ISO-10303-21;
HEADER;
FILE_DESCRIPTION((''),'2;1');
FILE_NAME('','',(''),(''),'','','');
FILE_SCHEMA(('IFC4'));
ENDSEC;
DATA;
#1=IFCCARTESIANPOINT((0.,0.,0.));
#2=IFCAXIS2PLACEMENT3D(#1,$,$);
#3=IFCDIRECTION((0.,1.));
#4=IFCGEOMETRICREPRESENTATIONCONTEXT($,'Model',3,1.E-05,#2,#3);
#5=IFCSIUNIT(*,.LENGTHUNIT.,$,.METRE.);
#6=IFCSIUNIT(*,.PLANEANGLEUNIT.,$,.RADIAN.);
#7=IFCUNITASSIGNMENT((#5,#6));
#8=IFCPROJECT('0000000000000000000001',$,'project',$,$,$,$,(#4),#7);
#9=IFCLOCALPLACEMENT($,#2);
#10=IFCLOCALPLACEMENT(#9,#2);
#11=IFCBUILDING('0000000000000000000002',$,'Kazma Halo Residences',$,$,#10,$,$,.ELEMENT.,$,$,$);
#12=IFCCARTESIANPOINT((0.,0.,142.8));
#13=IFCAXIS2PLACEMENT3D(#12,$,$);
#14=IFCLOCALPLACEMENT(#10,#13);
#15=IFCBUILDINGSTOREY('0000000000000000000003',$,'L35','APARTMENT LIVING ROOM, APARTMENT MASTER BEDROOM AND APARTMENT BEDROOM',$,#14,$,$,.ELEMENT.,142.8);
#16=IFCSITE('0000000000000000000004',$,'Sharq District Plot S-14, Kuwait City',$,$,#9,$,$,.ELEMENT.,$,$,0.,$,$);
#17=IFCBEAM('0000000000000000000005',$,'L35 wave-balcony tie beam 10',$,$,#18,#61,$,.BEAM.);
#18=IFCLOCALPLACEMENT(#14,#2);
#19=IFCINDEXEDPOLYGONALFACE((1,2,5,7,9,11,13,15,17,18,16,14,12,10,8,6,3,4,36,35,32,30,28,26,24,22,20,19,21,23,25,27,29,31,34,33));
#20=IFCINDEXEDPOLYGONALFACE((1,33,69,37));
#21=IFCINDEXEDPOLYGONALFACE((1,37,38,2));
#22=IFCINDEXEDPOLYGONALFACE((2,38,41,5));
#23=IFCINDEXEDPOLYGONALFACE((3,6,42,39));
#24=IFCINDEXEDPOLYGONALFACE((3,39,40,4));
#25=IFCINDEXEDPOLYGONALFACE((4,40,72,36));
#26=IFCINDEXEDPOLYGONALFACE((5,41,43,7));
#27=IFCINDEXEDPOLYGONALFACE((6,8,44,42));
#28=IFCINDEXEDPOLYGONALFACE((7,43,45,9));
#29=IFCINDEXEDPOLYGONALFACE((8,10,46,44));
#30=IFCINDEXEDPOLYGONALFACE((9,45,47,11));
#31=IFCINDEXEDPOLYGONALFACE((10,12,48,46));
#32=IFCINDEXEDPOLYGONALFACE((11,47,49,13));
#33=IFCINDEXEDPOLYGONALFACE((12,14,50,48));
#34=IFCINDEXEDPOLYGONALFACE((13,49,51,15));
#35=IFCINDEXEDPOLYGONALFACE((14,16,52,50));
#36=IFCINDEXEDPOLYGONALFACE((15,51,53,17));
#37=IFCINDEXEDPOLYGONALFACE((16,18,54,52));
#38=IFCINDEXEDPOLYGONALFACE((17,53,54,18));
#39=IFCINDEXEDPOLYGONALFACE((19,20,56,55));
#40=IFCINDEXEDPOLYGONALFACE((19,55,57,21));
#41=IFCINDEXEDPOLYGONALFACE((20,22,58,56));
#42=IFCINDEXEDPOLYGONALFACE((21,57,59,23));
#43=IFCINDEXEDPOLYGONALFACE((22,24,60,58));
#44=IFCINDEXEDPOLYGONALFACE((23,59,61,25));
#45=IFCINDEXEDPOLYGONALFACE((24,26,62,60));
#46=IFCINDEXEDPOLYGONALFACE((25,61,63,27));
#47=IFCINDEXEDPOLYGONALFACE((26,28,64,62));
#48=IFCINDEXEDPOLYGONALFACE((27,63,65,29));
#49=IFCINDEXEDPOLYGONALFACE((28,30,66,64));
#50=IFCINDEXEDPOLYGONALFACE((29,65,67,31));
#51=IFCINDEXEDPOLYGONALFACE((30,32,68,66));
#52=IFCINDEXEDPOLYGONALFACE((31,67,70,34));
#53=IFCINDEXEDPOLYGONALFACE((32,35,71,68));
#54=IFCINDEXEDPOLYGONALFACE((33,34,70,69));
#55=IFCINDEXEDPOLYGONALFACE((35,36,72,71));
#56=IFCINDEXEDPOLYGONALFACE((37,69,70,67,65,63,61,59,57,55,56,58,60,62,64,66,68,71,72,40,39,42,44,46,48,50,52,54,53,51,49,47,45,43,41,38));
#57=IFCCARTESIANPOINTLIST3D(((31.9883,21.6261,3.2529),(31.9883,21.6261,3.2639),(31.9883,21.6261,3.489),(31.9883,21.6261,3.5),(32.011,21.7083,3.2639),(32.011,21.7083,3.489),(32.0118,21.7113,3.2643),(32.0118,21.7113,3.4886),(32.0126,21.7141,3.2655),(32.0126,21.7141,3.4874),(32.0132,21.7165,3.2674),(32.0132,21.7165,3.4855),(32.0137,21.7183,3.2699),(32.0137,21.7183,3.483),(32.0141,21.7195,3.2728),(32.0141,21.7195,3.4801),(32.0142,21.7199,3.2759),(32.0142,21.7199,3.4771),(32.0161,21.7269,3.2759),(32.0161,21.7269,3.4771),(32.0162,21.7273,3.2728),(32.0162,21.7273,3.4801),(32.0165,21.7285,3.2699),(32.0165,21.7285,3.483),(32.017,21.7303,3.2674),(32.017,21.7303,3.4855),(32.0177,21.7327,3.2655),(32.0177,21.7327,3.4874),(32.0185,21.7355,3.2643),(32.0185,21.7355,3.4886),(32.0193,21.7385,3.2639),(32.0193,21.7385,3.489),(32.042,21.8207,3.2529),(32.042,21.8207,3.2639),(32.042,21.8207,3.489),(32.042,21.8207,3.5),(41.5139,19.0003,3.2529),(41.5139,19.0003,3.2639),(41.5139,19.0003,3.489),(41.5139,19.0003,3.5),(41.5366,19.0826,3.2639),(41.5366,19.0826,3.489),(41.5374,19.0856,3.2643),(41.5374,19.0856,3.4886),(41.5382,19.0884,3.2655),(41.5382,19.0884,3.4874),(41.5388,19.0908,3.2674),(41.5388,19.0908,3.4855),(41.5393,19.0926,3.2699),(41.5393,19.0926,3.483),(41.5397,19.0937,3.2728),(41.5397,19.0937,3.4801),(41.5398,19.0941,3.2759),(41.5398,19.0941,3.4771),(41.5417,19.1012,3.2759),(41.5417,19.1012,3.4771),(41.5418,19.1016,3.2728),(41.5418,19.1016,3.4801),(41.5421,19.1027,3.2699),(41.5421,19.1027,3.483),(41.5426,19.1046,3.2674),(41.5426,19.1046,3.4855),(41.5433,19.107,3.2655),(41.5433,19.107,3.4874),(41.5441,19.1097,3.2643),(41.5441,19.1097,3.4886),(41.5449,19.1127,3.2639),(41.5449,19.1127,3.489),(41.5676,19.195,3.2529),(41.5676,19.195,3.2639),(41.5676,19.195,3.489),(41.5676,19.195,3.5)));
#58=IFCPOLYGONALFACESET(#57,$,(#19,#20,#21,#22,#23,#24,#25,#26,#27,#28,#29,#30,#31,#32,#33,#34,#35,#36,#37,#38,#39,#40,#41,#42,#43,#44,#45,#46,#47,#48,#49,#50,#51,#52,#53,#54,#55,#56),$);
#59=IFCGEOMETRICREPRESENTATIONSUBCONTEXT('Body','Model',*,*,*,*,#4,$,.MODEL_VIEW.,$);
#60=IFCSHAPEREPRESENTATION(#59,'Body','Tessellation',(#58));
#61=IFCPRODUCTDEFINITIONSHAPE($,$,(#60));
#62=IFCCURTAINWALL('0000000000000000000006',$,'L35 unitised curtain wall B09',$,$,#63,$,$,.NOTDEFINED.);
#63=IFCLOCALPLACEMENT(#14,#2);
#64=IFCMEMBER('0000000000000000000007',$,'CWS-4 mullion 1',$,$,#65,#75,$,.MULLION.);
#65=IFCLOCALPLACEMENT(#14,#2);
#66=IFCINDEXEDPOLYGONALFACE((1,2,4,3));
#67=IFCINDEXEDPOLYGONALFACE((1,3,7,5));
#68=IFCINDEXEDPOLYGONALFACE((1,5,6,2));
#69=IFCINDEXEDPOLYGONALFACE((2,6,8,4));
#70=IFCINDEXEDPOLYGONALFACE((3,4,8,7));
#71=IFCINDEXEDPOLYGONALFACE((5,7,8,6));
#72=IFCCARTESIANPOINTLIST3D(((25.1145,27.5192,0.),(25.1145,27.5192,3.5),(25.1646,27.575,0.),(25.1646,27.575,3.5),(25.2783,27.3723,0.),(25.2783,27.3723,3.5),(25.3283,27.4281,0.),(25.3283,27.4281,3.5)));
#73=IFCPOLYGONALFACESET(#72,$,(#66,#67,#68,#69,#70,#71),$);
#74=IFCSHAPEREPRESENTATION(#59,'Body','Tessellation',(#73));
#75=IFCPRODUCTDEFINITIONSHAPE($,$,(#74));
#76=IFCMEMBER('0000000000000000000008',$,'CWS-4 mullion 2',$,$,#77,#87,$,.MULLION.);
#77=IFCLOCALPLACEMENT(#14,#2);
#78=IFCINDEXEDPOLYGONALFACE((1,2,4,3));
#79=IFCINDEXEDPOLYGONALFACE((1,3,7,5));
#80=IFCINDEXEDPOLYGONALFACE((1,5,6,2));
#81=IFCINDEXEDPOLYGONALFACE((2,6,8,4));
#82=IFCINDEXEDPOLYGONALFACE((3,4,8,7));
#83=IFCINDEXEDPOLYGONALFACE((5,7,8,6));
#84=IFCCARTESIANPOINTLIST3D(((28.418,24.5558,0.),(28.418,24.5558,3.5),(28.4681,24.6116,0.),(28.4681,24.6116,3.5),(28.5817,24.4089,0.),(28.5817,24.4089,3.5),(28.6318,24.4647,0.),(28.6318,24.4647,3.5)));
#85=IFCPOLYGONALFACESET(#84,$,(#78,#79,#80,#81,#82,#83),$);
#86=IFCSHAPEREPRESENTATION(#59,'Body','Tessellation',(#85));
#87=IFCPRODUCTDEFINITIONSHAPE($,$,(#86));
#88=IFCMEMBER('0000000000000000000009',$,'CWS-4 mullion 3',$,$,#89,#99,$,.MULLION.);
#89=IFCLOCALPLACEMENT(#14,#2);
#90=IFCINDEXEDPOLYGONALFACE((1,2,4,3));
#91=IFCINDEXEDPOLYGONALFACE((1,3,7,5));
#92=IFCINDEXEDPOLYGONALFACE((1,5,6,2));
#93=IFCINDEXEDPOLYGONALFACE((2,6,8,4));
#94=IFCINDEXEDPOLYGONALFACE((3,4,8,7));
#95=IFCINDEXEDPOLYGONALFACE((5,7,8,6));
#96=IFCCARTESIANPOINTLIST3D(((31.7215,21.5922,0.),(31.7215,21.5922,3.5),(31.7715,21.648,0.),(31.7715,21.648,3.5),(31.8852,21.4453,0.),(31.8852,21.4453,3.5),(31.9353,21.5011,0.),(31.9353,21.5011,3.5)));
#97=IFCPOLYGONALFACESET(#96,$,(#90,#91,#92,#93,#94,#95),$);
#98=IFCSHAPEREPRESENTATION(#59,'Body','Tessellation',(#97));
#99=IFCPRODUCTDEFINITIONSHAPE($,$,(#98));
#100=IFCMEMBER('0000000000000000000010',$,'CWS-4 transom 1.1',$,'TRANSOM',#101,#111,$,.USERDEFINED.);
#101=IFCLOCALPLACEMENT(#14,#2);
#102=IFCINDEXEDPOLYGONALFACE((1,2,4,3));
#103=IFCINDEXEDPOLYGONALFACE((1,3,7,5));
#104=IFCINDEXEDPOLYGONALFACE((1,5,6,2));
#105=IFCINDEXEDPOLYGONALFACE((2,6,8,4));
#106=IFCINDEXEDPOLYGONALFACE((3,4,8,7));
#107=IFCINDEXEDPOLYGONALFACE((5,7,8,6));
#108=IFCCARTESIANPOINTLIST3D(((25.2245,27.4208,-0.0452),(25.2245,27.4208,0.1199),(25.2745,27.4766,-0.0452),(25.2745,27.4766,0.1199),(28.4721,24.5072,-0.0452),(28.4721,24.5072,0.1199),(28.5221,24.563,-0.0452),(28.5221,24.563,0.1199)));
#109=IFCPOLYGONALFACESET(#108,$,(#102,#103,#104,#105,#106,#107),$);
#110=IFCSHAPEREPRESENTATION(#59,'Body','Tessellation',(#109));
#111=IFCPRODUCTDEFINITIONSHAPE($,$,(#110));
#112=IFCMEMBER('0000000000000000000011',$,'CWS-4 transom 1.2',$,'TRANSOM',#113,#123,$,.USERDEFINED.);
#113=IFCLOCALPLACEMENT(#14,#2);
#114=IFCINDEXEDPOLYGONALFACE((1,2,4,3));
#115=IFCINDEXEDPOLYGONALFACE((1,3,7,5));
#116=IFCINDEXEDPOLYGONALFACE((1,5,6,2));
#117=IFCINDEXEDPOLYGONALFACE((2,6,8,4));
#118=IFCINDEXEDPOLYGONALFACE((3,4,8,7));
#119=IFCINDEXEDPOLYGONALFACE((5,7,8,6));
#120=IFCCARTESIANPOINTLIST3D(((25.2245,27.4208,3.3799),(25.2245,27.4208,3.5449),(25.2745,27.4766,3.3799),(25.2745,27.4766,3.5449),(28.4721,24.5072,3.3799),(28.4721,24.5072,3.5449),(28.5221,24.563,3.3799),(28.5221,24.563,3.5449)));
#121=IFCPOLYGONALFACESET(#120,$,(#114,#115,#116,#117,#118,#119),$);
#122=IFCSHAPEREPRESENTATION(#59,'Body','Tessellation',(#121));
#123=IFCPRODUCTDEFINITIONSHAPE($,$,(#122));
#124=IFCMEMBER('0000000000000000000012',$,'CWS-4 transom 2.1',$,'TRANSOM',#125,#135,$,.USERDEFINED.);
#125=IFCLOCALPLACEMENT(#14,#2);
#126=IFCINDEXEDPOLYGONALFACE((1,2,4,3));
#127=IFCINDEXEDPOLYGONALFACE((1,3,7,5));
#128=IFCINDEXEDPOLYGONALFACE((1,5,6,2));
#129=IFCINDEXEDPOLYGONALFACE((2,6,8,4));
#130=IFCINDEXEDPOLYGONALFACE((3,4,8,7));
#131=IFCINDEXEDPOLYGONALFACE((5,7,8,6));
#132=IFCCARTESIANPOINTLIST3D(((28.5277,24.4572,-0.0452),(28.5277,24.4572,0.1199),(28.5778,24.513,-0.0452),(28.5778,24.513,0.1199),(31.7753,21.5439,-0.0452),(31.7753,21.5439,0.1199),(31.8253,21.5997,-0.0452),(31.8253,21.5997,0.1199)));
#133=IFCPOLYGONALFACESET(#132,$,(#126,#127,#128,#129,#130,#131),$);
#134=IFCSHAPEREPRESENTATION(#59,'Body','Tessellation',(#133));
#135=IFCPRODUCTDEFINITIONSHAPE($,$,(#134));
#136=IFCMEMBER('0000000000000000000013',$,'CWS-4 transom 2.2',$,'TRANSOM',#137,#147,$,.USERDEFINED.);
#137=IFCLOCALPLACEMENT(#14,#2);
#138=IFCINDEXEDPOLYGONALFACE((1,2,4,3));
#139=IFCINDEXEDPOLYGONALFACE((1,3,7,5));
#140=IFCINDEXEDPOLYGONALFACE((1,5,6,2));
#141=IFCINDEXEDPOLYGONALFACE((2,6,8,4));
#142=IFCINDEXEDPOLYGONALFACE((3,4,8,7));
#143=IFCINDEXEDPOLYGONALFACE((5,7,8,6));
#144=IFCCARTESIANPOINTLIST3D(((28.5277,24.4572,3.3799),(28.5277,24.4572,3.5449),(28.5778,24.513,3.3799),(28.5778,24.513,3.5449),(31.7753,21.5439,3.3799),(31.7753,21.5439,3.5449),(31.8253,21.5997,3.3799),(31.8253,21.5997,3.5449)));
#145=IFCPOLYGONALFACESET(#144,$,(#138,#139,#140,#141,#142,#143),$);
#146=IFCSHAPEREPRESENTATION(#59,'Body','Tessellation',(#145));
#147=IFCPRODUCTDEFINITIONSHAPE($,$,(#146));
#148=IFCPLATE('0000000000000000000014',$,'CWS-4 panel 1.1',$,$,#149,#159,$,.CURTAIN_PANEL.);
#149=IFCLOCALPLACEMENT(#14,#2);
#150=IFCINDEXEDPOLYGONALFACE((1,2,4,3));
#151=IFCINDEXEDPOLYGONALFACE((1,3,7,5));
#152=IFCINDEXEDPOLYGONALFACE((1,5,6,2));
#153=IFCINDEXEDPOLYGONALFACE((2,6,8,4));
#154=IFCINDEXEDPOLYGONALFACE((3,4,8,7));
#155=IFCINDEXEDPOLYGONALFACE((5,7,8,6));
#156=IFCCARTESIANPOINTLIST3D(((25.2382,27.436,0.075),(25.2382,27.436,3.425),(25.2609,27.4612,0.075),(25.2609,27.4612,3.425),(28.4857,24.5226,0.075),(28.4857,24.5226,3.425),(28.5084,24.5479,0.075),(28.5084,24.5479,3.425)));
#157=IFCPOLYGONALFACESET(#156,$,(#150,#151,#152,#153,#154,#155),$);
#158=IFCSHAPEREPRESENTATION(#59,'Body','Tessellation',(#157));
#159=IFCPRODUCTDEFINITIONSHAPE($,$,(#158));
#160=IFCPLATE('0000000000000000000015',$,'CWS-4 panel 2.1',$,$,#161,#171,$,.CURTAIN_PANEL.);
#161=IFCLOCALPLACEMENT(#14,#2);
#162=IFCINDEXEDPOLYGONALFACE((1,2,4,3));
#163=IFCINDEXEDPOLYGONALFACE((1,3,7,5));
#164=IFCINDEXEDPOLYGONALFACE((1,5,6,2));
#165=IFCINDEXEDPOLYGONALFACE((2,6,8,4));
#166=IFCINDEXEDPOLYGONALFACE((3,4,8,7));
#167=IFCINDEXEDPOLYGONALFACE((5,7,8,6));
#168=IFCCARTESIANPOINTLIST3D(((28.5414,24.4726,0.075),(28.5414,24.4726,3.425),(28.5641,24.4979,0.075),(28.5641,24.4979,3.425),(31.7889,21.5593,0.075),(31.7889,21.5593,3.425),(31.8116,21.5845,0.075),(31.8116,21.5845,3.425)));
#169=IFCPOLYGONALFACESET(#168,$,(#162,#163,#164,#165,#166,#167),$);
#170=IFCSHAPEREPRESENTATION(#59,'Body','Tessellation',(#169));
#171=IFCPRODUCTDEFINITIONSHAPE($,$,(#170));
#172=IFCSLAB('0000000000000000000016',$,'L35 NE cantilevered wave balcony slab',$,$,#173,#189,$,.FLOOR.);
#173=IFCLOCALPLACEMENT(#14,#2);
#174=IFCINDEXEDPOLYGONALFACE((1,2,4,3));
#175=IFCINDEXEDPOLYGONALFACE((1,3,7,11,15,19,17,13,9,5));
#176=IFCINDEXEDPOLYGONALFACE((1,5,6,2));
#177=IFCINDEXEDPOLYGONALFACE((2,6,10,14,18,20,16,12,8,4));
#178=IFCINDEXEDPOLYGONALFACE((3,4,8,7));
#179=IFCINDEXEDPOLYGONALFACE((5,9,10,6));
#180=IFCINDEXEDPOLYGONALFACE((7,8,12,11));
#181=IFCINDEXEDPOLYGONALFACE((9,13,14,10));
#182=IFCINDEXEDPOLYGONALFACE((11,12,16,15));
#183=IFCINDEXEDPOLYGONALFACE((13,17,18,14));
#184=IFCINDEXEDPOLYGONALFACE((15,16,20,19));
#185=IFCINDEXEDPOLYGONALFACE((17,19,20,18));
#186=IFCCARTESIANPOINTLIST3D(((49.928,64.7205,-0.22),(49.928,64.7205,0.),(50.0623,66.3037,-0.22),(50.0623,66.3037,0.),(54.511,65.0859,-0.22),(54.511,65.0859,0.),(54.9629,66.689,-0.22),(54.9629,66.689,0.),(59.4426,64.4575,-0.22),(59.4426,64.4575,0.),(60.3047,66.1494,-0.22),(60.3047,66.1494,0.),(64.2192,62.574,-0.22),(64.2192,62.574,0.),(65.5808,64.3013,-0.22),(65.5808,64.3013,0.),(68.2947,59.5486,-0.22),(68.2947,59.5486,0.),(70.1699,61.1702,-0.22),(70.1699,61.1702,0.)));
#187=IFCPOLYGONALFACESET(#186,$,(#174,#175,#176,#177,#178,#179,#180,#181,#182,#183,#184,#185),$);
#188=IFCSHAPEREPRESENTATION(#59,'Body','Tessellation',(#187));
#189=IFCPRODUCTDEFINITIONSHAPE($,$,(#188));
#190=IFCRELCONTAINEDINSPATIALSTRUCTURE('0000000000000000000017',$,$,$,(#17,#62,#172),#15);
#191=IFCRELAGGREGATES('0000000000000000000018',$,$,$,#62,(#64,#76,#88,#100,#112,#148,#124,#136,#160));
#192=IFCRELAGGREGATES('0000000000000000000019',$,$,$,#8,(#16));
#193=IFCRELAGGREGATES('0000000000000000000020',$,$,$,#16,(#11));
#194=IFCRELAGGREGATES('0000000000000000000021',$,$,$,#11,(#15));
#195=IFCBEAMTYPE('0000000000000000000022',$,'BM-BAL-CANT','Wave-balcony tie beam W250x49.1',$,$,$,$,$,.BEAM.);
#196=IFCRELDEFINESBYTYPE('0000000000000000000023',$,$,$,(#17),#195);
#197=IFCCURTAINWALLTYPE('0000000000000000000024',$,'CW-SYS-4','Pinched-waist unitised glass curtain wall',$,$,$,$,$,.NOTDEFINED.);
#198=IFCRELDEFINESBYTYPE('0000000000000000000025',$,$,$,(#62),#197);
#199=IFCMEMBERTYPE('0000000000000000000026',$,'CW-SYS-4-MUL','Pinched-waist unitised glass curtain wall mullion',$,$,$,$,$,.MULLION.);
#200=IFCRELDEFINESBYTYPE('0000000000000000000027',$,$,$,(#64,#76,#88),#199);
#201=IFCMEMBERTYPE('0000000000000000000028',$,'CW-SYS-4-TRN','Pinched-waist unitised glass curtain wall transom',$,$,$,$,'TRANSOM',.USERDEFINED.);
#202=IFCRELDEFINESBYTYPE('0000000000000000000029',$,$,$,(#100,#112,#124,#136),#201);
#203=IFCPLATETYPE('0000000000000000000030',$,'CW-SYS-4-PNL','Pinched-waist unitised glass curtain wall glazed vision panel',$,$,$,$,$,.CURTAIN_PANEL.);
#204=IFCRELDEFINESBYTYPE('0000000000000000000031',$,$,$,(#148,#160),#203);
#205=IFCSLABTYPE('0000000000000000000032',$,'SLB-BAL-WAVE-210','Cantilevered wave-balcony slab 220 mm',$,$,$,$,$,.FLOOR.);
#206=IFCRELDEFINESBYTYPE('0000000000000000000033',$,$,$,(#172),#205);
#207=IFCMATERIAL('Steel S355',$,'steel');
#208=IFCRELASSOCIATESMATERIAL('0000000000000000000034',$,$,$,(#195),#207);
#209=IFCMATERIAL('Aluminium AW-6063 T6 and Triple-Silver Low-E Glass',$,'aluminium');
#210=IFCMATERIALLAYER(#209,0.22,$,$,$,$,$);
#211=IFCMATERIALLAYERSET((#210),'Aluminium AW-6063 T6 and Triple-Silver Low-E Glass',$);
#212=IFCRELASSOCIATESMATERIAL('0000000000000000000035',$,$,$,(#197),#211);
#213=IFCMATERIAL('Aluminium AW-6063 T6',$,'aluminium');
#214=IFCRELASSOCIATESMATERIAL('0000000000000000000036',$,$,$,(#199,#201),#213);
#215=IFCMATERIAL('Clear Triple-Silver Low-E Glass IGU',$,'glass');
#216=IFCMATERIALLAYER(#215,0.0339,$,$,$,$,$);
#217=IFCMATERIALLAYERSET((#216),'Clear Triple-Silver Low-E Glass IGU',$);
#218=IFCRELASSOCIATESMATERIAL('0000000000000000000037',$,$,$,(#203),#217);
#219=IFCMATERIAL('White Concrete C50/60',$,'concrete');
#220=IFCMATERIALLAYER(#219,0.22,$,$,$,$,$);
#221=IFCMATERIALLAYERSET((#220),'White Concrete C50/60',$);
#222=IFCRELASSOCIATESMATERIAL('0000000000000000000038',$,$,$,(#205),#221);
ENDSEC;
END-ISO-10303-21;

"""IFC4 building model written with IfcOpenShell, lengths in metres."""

from ifc_helpers import new_model, si_unit, direction, frame, origin, origin_2d, place, context, subcontext, project, spatial, polyline, rectangle, i_section, outline, extrude, material, layer, layer_set, material_profile, profile_set, type_object, element, aggregate, save


model = new_model("IFC4")

# Units and contexts
model_context = context("Model", 3, precision=1e-05, world=origin(), true_north=direction((0.0, 1.0)))
body_context = subcontext(model_context, "Body", "Model", "MODEL_VIEW")
ifc_project = project(units=[si_unit("LENGTHUNIT", "METRE"), si_unit("PLANEANGLEUNIT", "RADIAN")], contexts=[model_context])

# Site, building, storey
site_placement = place(None, origin())
site = spatial("IfcSite", under=ifc_project, at=site_placement, Name="Sharq District Plot S-14, Kuwait City", CompositionType="ELEMENT", RefElevation=0.0)
building_placement = place(site_placement, origin())
building = spatial("IfcBuilding", under=site, at=building_placement, Name="Kazma Halo Residences", CompositionType="ELEMENT")
storey_placement = place(building_placement, frame((0.0, 0.0, 142.8)))
storey = spatial("IfcBuildingStorey", under=building, at=storey_placement, Name="L35", Description="APARTMENT LIVING ROOM, APARTMENT MASTER BEDROOM AND APARTMENT BEDROOM", CompositionType="ELEMENT", Elevation=142.8)

# Beam
ifc_material_1 = material(Name="Steel S355", Category="steel")
ifc_material_profile_1 = material_profile(ifc_material_1, i_section(OverallWidth=0.2019, OverallDepth=0.2471, WebThickness=0.0073, FlangeThickness=0.011, FilletRadius=0.012, at=origin_2d()), Name="W250x49.1")
ifc_profile_set_1 = profile_set([ifc_material_profile_1], Name="Steel S355")
beam_type = type_object("IfcBeamType", Name="BM-BAL-CANT", Description="Wave-balcony tie beam W250x49.1", PredefinedType="BEAM", material=ifc_profile_set_1)
beam_placement = place(storey_placement, frame((32.0151, 21.7234, 3.3765), z_axis=(0.964045, -0.265738, 0.0), x_axis=(0.265738, 0.964045, 0.0)))
element("IfcBeam", 1, at=beam_placement, inside=storey, type_object=beam_type, Name="L35 wave-balcony tie beam 10", PredefinedType="BEAM", context=body_context, shape_type="SweptSolid", body=[
    extrude(i_section(OverallWidth=0.2019, OverallDepth=0.2471, WebThickness=0.0073, FlangeThickness=0.011, FilletRadius=0.012, at=origin_2d()), origin(), (0.0, 0.0, 1.0), 9.8809),
])

# Curtain wall, members, plates
ifc_material_2 = material(Name="Aluminium AW-6063 T6 and Triple-Silver Low-E Glass", Category="aluminium")
ifc_layer_1 = layer(ifc_material_2, 0.22)
ifc_layer_set_1 = layer_set([ifc_layer_1], Name="Aluminium AW-6063 T6 and Triple-Silver Low-E Glass")
curtain_wall_type = type_object("IfcCurtainWallType", Name="CW-SYS-4", Description="Pinched-waist unitised glass curtain wall", PredefinedType="NOTDEFINED", material=ifc_layer_set_1)
curtain_wall_placement = place(storey_placement, origin())
curtain_wall = element("IfcCurtainWall", 2, at=curtain_wall_placement, inside=storey, type_object=curtain_wall_type, Name="L35 unitised curtain wall B09", PredefinedType="NOTDEFINED")
ifc_material_3 = material(Name="Aluminium AW-6063 T6", Category="aluminium")
ifc_material_profile_2 = material_profile(ifc_material_3, rectangle(XDim=0.075, YDim=0.22, at=origin_2d()), Name="CWM-75x220")
ifc_profile_set_2 = profile_set([ifc_material_profile_2], Name="Aluminium AW-6063 T6")
member_type_1 = type_object("IfcMemberType", Name="CW-SYS-4-MUL", Description="Pinched-waist unitised glass curtain wall mullion", PredefinedType="MULLION", material=ifc_profile_set_2)
member_1_placement = place(storey_placement, frame((25.2214, 27.4736, 0.0), z_axis=(0.0, 0.0, 1.0), x_axis=(0.66777, 0.744368, 0.0)))
member_1 = element("IfcMember", 3, at=member_1_placement, type_object=member_type_1, Name="CWS-4 mullion 1", PredefinedType="MULLION", context=body_context, shape_type="SweptSolid", body=[
    extrude(rectangle(XDim=0.075, YDim=0.22, at=origin_2d()), origin(), (0.0, 0.0, 1.0), 3.5),
])
member_2_placement = place(storey_placement, frame((28.5249, 24.5103, 0.0), z_axis=(0.0, 0.0, 1.0), x_axis=(0.66777, 0.744368, 0.0)))
member_2 = element("IfcMember", 4, at=member_2_placement, type_object=member_type_1, Name="CWS-4 mullion 2", PredefinedType="MULLION", context=body_context, shape_type="SweptSolid", body=[
    extrude(rectangle(XDim=0.075, YDim=0.22, at=origin_2d()), origin(), (0.0, 0.0, 1.0), 3.5),
])
member_3_placement = place(storey_placement, frame((31.8284, 21.5466, 0.0), z_axis=(0.0, 0.0, 1.0), x_axis=(0.66777, 0.744368, 0.0)))
member_3 = element("IfcMember", 5, at=member_3_placement, type_object=member_type_1, Name="CWS-4 mullion 3", PredefinedType="MULLION", context=body_context, shape_type="SweptSolid", body=[
    extrude(rectangle(XDim=0.075, YDim=0.22, at=origin_2d()), origin(), (0.0, 0.0, 1.0), 3.5),
])
ifc_material_profile_3 = material_profile(ifc_material_3, rectangle(XDim=0.075, YDim=0.165, at=origin_2d()), Name="CWT-75x165")
ifc_profile_set_3 = profile_set([ifc_material_profile_3], Name="Aluminium AW-6063 T6")
member_type_2 = type_object("IfcMemberType", Name="CW-SYS-4-TRN", Description="Pinched-waist unitised glass curtain wall transom", ElementType="TRANSOM", PredefinedType="USERDEFINED", material=ifc_profile_set_3)
member_4_placement = place(storey_placement, frame((25.2495, 27.4487, 0.0374), z_axis=(0.744345, -0.667795, 0.0), x_axis=(0.667795, 0.744345, 0.0)))
member_4 = element("IfcMember", 6, at=member_4_placement, type_object=member_type_2, Name="CWS-4 transom 1.1", ObjectType="TRANSOM", PredefinedType="USERDEFINED", context=body_context, shape_type="SweptSolid", body=[
    extrude(rectangle(XDim=0.075, YDim=0.165, at=origin_2d()), origin(), (0.0, 0.0, 1.0), 4.363),
])
member_5_placement = place(storey_placement, frame((25.2495, 27.4487, 3.4624), z_axis=(0.744345, -0.667795, 0.0), x_axis=(0.667795, 0.744345, 0.0)))
member_5 = element("IfcMember", 7, at=member_5_placement, type_object=member_type_2, Name="CWS-4 transom 1.2", ObjectType="TRANSOM", PredefinedType="USERDEFINED", context=body_context, shape_type="SweptSolid", body=[
    extrude(rectangle(XDim=0.075, YDim=0.165, at=origin_2d()), origin(), (0.0, 0.0, 1.0), 4.363),
])
member_6_placement = place(storey_placement, frame((28.5527, 24.4851, 0.0374), z_axis=(0.744373, -0.667764, 0.0), x_axis=(0.667764, 0.744373, 0.0)))
member_6 = element("IfcMember", 8, at=member_6_placement, type_object=member_type_2, Name="CWS-4 transom 2.1", ObjectType="TRANSOM", PredefinedType="USERDEFINED", context=body_context, shape_type="SweptSolid", body=[
    extrude(rectangle(XDim=0.075, YDim=0.165, at=origin_2d()), origin(), (0.0, 0.0, 1.0), 4.3628),
])
member_7_placement = place(storey_placement, frame((28.5527, 24.4851, 3.4624), z_axis=(0.744373, -0.667764, 0.0), x_axis=(0.667764, 0.744373, 0.0)))
member_7 = element("IfcMember", 9, at=member_7_placement, type_object=member_type_2, Name="CWS-4 transom 2.2", ObjectType="TRANSOM", PredefinedType="USERDEFINED", context=body_context, shape_type="SweptSolid", body=[
    extrude(rectangle(XDim=0.075, YDim=0.165, at=origin_2d()), origin(), (0.0, 0.0, 1.0), 4.3628),
])
ifc_material_4 = material(Name="Clear Triple-Silver Low-E Glass IGU", Category="glass")
ifc_layer_2 = layer(ifc_material_4, 0.0339)
ifc_layer_set_2 = layer_set([ifc_layer_2], Name="Clear Triple-Silver Low-E Glass IGU")
plate_type = type_object("IfcPlateType", Name="CW-SYS-4-PNL", Description="Pinched-waist unitised glass curtain wall glazed vision panel", PredefinedType="CURTAIN_PANEL", material=ifc_layer_set_2)
plate_1_placement = place(storey_placement, frame((26.8733, 25.9919, 0.075), z_axis=(0.0, 0.0, 1.0), x_axis=(0.744368, -0.66777, 0.0)))
plate_1 = element("IfcPlate", 10, at=plate_1_placement, type_object=plate_type, Name="CWS-4 panel 1.1", PredefinedType="CURTAIN_PANEL", context=body_context, shape_type="SweptSolid", body=[
    extrude(rectangle(XDim=4.3628, YDim=0.0339, at=origin_2d()), origin(), (0.0, 0.0, 1.0), 3.3501),
])
plate_2_placement = place(storey_placement, frame((30.1765, 23.0286, 0.075), z_axis=(0.0, 0.0, 1.0), x_axis=(0.744368, -0.66777, 0.0)))
plate_2 = element("IfcPlate", 11, at=plate_2_placement, type_object=plate_type, Name="CWS-4 panel 2.1", PredefinedType="CURTAIN_PANEL", context=body_context, shape_type="SweptSolid", body=[
    extrude(rectangle(XDim=4.3628, YDim=0.0339, at=origin_2d()), origin(), (0.0, 0.0, 1.0), 3.3501),
])
aggregate(curtain_wall, [member_1, member_2, member_3, member_4, member_5, plate_1, member_6, member_7, plate_2])

# Slab
ifc_material_5 = material(Name="White Concrete C50/60", Category="concrete")
ifc_layer_3 = layer(ifc_material_5, 0.22)
ifc_layer_set_3 = layer_set([ifc_layer_3], Name="White Concrete C50/60")
slab_type_1 = type_object("IfcSlabType", Name="SLB-BAL-WAVE-210", Description="Cantilevered wave-balcony slab 220 mm", PredefinedType="FLOOR", material=ifc_layer_set_3)
slab_1_placement = place(storey_placement, frame((0.0, 0.0, -0.22)))
element("IfcSlab", 12, at=slab_1_placement, inside=storey, type_object=slab_type_1, Name="L35 NE cantilevered wave balcony slab", PredefinedType="FLOOR", context=body_context, shape_type="SweptSolid", body=[
    extrude(outline(polyline([(68.2947, 59.5486), (64.2192, 62.574), (59.4426, 64.4575), (54.511, 65.0859), (49.928, 64.7205), (50.0623, 66.3037), (54.9629, 66.689), (60.3047, 66.1494), (65.5808, 64.3013), (70.1699, 61.1702), (68.2947, 59.5486)])), origin(), (0.0, 0.0, 1.0), 0.22),
])

save(model, "model.ifc")
